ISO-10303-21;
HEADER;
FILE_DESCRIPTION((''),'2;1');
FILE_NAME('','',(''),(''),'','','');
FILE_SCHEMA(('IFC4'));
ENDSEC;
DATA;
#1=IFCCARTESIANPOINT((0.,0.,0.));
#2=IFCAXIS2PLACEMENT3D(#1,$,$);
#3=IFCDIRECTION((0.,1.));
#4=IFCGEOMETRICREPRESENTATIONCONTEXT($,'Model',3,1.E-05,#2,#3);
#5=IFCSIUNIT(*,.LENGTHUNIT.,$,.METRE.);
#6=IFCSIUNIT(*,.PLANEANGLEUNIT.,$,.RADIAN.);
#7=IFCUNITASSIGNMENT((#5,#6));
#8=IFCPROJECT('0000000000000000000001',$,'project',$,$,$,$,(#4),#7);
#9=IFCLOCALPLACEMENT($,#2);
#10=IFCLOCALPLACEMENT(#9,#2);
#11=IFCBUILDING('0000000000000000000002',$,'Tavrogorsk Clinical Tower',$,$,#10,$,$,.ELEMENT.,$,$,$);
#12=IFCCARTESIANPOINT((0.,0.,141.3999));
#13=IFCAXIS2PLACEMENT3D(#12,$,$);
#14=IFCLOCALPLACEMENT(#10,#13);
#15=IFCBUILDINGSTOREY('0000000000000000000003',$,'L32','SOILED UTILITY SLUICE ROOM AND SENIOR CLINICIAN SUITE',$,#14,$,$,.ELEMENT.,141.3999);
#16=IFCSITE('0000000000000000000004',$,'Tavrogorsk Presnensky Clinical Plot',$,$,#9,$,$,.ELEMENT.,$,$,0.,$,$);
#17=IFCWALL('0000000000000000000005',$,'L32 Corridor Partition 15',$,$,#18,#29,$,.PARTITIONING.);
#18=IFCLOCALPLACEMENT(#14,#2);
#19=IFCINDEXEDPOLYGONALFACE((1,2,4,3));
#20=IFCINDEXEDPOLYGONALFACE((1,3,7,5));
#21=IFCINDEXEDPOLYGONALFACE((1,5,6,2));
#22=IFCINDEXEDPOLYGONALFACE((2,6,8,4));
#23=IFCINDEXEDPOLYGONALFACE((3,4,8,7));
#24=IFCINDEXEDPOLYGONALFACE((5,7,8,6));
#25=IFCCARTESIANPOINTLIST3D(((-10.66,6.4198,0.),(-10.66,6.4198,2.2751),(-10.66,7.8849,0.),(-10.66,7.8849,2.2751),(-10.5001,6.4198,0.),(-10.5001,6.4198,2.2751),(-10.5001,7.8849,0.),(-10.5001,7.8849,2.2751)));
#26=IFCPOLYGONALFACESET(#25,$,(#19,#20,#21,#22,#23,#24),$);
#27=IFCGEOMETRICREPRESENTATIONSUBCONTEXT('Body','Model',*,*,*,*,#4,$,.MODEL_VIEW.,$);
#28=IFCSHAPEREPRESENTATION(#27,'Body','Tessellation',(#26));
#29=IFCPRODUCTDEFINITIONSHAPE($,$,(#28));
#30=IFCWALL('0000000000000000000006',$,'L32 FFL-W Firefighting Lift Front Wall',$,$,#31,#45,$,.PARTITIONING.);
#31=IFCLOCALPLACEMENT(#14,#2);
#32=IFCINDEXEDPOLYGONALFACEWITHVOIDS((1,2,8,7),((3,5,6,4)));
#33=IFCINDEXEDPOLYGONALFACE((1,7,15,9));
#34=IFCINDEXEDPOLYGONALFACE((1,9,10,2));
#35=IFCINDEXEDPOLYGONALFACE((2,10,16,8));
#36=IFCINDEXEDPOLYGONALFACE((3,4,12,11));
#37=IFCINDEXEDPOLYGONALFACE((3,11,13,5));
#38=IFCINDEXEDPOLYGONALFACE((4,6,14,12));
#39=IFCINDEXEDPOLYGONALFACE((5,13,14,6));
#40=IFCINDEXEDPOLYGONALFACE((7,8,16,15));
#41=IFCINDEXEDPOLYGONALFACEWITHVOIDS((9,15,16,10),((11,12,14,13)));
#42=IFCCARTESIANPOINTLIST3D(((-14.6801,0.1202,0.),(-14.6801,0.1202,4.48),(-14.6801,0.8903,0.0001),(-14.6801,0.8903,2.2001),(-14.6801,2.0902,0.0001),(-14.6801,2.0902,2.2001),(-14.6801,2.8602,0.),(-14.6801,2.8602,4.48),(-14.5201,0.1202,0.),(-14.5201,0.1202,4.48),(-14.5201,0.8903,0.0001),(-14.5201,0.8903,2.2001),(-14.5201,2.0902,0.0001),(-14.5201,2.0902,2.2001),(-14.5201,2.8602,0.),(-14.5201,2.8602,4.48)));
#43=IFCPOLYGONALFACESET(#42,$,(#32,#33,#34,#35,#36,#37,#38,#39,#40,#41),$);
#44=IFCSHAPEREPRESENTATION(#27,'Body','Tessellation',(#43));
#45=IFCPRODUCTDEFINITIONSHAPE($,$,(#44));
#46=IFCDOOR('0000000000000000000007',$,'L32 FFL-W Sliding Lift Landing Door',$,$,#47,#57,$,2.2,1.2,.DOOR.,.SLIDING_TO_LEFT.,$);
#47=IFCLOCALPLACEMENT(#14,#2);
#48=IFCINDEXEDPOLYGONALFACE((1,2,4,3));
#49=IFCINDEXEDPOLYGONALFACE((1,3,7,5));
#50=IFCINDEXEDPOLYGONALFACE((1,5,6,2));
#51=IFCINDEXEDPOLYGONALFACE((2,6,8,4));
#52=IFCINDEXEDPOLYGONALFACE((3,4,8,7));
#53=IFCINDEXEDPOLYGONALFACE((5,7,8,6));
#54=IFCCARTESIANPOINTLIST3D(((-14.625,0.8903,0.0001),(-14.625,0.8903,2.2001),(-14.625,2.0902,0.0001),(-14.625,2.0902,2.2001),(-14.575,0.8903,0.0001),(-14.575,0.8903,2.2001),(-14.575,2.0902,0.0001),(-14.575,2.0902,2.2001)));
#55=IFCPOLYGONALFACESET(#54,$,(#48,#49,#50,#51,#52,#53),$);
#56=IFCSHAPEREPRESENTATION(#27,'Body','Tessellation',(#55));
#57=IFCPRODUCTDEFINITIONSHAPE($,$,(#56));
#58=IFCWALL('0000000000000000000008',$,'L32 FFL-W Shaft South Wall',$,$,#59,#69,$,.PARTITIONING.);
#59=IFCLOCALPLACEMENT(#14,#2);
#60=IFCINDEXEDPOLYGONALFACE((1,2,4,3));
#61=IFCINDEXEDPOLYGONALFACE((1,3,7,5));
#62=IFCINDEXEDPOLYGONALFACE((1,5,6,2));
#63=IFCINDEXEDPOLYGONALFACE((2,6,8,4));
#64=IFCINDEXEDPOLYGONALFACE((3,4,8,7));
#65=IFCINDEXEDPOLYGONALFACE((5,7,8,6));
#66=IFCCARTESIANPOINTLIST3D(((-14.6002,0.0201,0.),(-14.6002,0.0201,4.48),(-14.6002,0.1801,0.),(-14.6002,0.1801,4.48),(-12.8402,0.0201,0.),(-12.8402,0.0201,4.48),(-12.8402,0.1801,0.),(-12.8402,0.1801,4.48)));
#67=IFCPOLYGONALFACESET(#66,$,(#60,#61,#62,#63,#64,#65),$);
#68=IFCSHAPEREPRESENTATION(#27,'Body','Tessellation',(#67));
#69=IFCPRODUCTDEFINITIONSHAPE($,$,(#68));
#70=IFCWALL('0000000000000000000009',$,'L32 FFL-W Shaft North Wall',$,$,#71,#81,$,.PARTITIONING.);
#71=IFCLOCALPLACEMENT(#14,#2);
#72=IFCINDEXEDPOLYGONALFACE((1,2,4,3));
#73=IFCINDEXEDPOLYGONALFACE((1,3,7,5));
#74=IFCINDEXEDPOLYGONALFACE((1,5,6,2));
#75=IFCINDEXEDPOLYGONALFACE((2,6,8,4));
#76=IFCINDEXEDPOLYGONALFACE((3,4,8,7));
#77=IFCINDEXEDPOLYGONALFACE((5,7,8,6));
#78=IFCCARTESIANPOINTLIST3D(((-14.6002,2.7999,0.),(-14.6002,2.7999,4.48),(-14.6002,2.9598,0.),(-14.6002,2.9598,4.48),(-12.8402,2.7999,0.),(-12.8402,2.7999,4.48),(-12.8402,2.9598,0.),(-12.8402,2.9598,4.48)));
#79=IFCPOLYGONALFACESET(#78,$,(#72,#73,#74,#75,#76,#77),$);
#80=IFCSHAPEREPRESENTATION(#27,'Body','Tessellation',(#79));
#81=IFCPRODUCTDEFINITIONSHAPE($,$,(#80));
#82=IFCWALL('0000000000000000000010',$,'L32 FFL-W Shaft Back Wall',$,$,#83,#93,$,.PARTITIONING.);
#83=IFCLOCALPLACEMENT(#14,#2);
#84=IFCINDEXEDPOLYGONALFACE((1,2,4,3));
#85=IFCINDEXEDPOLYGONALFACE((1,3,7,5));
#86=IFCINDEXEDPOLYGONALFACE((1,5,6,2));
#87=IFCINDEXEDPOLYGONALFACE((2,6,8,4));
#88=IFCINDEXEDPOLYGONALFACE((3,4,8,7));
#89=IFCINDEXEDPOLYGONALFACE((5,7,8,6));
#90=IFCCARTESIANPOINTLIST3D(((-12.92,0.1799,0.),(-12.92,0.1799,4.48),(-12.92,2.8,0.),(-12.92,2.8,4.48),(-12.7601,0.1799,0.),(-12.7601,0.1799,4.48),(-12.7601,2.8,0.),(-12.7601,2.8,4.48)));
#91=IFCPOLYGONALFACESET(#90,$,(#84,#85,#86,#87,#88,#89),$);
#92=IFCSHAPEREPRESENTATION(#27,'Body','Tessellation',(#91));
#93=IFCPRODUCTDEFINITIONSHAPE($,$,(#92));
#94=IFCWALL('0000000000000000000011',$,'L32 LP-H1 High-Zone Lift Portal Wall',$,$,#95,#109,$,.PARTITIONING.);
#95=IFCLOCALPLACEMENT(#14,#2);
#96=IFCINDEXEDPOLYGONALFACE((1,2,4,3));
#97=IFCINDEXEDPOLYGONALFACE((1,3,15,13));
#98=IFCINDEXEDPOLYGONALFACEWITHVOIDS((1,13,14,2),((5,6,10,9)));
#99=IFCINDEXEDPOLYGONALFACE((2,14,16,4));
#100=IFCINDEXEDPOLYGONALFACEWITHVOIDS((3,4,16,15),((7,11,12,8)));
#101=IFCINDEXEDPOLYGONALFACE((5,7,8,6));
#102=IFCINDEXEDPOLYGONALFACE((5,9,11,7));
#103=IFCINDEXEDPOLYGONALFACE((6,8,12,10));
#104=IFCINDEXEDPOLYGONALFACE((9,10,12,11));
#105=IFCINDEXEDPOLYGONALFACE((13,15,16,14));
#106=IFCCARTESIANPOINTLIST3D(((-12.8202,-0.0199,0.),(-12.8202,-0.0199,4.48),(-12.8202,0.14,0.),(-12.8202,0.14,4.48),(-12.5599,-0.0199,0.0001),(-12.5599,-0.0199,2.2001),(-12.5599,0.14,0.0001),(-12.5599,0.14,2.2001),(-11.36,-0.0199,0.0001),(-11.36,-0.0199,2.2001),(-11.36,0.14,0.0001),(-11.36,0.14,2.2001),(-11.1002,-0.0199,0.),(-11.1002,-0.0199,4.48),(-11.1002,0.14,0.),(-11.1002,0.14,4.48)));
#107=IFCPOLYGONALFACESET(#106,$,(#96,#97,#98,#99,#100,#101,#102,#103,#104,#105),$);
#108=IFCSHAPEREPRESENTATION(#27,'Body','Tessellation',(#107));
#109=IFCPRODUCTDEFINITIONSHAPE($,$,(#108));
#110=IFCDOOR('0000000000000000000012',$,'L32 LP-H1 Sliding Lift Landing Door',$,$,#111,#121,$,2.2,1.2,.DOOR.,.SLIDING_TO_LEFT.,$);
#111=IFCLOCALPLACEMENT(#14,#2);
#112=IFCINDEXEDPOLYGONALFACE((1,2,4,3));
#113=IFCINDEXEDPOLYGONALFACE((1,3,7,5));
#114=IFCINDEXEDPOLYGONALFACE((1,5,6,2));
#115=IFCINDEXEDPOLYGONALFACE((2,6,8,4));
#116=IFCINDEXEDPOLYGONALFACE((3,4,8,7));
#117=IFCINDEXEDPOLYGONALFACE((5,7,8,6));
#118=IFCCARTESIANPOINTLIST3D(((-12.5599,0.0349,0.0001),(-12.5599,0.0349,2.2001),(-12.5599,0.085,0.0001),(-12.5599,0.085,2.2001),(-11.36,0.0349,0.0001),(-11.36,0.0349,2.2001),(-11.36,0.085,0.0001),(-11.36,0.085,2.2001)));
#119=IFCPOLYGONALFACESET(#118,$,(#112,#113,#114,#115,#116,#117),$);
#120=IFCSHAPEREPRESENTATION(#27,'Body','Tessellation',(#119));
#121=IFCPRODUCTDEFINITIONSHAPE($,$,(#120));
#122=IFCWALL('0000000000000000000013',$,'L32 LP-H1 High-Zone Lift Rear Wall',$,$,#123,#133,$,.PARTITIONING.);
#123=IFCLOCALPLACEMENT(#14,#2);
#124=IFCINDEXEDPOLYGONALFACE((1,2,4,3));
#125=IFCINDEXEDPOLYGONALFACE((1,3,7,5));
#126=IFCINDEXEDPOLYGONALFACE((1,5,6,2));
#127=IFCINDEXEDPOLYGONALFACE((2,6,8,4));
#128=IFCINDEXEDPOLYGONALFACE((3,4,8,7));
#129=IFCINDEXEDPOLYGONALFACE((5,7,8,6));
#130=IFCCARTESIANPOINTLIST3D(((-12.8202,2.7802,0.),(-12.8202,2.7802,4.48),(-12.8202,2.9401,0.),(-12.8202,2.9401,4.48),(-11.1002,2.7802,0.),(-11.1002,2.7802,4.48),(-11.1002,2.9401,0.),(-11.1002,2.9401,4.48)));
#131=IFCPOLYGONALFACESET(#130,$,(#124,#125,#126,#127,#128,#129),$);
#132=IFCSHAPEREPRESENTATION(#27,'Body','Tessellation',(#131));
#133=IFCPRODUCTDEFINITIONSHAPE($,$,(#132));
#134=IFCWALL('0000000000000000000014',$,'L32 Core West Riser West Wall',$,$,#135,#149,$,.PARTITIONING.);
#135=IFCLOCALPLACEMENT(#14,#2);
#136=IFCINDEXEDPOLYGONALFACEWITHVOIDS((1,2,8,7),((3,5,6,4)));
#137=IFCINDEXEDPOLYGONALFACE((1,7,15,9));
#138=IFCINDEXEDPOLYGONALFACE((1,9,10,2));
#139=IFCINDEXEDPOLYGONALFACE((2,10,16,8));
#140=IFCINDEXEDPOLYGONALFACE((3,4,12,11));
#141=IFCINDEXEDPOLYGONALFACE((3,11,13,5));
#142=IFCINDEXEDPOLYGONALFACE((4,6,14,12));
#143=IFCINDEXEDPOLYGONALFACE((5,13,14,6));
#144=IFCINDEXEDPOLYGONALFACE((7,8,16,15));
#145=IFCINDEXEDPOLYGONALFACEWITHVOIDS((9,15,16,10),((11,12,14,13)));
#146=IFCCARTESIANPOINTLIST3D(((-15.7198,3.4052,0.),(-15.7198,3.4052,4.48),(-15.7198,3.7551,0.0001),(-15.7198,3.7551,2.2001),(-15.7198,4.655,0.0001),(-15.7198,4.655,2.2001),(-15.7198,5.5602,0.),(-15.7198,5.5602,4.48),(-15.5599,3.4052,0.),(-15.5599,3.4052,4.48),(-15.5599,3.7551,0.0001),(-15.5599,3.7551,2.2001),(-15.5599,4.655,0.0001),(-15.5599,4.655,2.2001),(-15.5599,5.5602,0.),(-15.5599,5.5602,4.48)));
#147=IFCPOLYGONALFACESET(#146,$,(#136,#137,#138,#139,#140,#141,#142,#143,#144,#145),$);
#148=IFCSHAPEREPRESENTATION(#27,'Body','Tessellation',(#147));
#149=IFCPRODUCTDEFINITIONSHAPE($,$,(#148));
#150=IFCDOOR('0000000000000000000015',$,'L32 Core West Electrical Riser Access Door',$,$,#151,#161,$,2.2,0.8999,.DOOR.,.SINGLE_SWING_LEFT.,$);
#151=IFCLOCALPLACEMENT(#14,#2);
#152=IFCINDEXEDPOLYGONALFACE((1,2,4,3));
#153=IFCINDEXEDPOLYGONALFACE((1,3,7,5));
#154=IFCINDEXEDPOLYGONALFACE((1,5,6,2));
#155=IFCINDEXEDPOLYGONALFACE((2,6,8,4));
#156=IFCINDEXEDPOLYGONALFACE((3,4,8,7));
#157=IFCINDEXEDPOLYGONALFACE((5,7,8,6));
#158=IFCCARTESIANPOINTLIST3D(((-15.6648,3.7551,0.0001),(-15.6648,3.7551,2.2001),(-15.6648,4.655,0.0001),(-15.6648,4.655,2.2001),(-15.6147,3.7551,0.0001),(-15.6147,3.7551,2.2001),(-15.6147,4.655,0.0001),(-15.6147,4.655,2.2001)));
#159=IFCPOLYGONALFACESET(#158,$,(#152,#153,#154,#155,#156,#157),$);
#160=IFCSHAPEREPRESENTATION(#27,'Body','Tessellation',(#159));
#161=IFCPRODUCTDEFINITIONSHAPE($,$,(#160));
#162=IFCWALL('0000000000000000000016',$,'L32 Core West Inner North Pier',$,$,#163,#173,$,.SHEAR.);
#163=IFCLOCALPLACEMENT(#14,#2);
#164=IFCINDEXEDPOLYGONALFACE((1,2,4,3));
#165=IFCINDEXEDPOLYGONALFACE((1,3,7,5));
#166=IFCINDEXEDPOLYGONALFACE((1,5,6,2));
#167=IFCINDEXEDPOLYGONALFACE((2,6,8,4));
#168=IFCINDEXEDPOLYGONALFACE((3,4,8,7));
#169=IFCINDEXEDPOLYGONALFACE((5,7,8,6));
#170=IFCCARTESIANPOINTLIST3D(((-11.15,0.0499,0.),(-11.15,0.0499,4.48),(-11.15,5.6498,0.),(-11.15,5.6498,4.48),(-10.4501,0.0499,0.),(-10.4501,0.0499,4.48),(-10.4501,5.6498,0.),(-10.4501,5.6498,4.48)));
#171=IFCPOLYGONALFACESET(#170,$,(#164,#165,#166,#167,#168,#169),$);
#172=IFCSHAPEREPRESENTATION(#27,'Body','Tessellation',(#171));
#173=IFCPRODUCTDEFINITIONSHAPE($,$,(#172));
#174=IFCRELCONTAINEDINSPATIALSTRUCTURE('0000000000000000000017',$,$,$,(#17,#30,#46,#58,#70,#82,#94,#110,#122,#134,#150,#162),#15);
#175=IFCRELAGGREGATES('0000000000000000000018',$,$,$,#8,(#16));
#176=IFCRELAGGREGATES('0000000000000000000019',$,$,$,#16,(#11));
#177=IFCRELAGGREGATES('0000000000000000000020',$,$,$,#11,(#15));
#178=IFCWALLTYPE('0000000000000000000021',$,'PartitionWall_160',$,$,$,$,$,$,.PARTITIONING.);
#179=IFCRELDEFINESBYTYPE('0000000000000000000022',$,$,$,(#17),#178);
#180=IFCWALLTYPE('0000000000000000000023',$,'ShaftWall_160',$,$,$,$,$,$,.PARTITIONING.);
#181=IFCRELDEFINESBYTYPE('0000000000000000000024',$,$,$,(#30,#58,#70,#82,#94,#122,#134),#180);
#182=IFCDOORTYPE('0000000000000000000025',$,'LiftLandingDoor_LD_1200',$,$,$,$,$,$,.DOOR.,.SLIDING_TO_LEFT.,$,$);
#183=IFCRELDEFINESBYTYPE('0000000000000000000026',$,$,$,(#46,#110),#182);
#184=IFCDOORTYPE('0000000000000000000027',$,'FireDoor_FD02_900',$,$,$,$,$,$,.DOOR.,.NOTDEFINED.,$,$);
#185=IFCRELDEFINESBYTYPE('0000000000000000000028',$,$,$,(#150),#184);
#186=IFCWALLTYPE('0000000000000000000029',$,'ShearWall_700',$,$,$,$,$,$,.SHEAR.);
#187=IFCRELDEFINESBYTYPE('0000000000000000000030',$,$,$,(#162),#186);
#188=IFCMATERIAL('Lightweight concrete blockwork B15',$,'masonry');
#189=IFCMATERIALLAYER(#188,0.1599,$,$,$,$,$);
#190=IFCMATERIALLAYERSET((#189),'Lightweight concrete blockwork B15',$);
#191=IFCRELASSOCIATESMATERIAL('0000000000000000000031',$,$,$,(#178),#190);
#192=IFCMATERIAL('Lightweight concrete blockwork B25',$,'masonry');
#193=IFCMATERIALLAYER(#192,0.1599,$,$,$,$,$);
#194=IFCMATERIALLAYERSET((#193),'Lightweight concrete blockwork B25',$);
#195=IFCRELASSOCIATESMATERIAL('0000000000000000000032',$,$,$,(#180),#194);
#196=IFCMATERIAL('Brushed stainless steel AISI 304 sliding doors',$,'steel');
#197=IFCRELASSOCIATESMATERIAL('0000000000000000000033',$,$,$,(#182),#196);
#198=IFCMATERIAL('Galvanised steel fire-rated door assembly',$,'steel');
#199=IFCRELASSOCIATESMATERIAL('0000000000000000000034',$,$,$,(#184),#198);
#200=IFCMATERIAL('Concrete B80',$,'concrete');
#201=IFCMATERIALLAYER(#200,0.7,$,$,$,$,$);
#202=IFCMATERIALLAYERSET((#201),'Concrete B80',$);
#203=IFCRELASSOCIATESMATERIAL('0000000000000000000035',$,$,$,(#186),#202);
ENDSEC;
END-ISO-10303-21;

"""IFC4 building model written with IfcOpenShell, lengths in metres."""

from ifc_helpers import new_model, si_unit, direction, frame, frame_2d, origin, place, context, subcontext, project, spatial, rectangle, extrude, material, layer, layer_set, type_object, element, fill, save


model = new_model("IFC4")

# Units and contexts
model_context = context("Model", 3, precision=1e-05, world=origin(), true_north=direction((0.0, 1.0)))
body_context = subcontext(model_context, "Body", "Model", "MODEL_VIEW")
ifc_project = project(units=[si_unit("LENGTHUNIT", "METRE"), si_unit("PLANEANGLEUNIT", "RADIAN")], contexts=[model_context])

# Site, building, storey
site_placement = place(None, origin())
site = spatial("IfcSite", under=ifc_project, at=site_placement, Name="Tavrogorsk Presnensky Clinical Plot", CompositionType="ELEMENT", RefElevation=0.0)
building_placement = place(site_placement, origin())
building = spatial("IfcBuilding", under=site, at=building_placement, Name="Tavrogorsk Clinical Tower", CompositionType="ELEMENT")
storey_placement = place(building_placement, frame((0.0, 0.0, 141.3999)))
storey = spatial("IfcBuildingStorey", under=building, at=storey_placement, Name="L32", Description="SOILED UTILITY SLUICE ROOM AND SENIOR CLINICIAN SUITE", CompositionType="ELEMENT", Elevation=141.3999)

# Shared definitions
ifc_material_1 = material(Name="Lightweight concrete blockwork B15", Category="masonry")
ifc_layer_1 = layer(ifc_material_1, 0.1599)
ifc_layer_set_1 = layer_set([ifc_layer_1], Name="Lightweight concrete blockwork B15")
wall_type_1 = type_object("IfcWallType", Name="PartitionWall_160", PredefinedType="PARTITIONING", material=ifc_layer_set_1)

# Wall
wall_1_placement = place(storey_placement, frame((-10.5801, 6.4199, 0.0), z_axis=(0.0, 0.0, 1.0), x_axis=(0.0, 1.0, 0.0)))
element("IfcWall", 1, at=wall_1_placement, inside=storey, type_object=wall_type_1, Name="L32 Corridor Partition 15", PredefinedType="PARTITIONING", context=body_context, shape_type="SweptSolid", body=[
    extrude(rectangle(XDim=1.4651, YDim=0.1599, at=frame_2d((0.7324, 0.0))), origin(), (0.0, 0.0, 1.0), 2.2751),
])

# Wall, opening, door
ifc_material_2 = material(Name="Lightweight concrete blockwork B25", Category="masonry")
ifc_layer_2 = layer(ifc_material_2, 0.1599)
ifc_layer_set_2 = layer_set([ifc_layer_2], Name="Lightweight concrete blockwork B25")
wall_type_2 = type_object("IfcWallType", Name="ShaftWall_160", PredefinedType="PARTITIONING", material=ifc_layer_set_2)
wall_2_placement = place(storey_placement, frame((-14.6001, 0.1201, 0.0), z_axis=(0.0, 0.0, 1.0), x_axis=(0.0, 1.0, 0.0)))
wall_2 = element("IfcWall", 2, at=wall_2_placement, inside=storey, type_object=wall_type_2, Name="L32 FFL-W Firefighting Lift Front Wall", PredefinedType="PARTITIONING", context=body_context, shape_type="SweptSolid", body=[
    extrude(rectangle(XDim=2.74, YDim=0.1599, at=frame_2d((1.3701, 0.0))), origin(), (0.0, 0.0, 1.0), 4.48),
])
opening_1_placement = place(wall_2_placement, frame((0.77, 0.0, 0.0)))
opening_1 = element("IfcOpeningElement", 3, at=opening_1_placement, cuts=wall_2, PredefinedType="OPENING", context=body_context, shape_type="SweptSolid", body=[
    extrude(rectangle(XDim=1.2, YDim=2.2, at=frame_2d((0.6001, 1.1001))), frame((0.0, 0.0898, 0.0), z_axis=(0.0, -1.0, 0.0), x_axis=(1.0, 0.0, 0.0)), (0.0, 0.0, 1.0), 0.1799),
])
ifc_material_3 = material(Name="Brushed stainless steel AISI 304 sliding doors", Category="steel")
door_type_1 = type_object("IfcDoorType", Name="LiftLandingDoor_LD_1200", OperationType="SLIDING_TO_LEFT", PredefinedType="DOOR", material=ifc_material_3)
door_1_placement = place(opening_1_placement, origin())
door_1 = element("IfcDoor", 4, at=door_1_placement, inside=storey, type_object=door_type_1, Name="L32 FFL-W Sliding Lift Landing Door", OperationType="SLIDING_TO_LEFT", OverallHeight=2.2, OverallWidth=1.2, PredefinedType="DOOR", context=body_context, shape_type="SweptSolid", body=[
    extrude(rectangle(XDim=1.2, YDim=2.2, at=frame_2d((0.6001, 1.1001))), frame((0.0, 0.0249, 0.0), z_axis=(0.0, -1.0, 0.0), x_axis=(1.0, 0.0, 0.0)), (0.0, 0.0, 1.0), 0.05),
])
fill(opening_1, door_1)

# Walls
for number, where, z_axis, x_axis, name in (
    (5, (-14.6001, 0.1001, 0.0), (0.0, 0.0, 1.0), (1.0, 0.0, 0.0), "L32 FFL-W Shaft South Wall"),
    (6, (-14.6001, 2.8799, 0.0), (0.0, 0.0, 1.0), (1.0, 0.0, 0.0), "L32 FFL-W Shaft North Wall"),
):
    element("IfcWall", number, at=place(storey_placement, frame(where, z_axis=z_axis, x_axis=x_axis)), inside=storey, type_object=wall_type_2, Name=name, PredefinedType="PARTITIONING", context=body_context, shape_type="SweptSolid", body=[
        extrude(rectangle(XDim=1.76, YDim=0.1599, at=frame_2d((0.8799, 0.0))), origin(), (0.0, 0.0, 1.0), 4.48),
    ])
wall_3_placement = place(storey_placement, frame((-12.8401, 0.1799, 0.0), z_axis=(0.0, 0.0, 1.0), x_axis=(0.0, 1.0, 0.0)))
element("IfcWall", 7, at=wall_3_placement, inside=storey, type_object=wall_type_2, Name="L32 FFL-W Shaft Back Wall", PredefinedType="PARTITIONING", context=body_context, shape_type="SweptSolid", body=[
    extrude(rectangle(XDim=2.6201, YDim=0.1599, at=frame_2d((1.3101, 0.0))), origin(), (0.0, 0.0, 1.0), 4.48),
])

# Wall, opening, door
wall_4_placement = place(storey_placement, frame((-12.8201, 0.0601, 0.0), z_axis=(0.0, 0.0, 1.0), x_axis=(1.0, 0.0, 0.0)))
wall_4 = element("IfcWall", 8, at=wall_4_placement, inside=storey, type_object=wall_type_2, Name="L32 LP-H1 High-Zone Lift Portal Wall", PredefinedType="PARTITIONING", context=body_context, shape_type="SweptSolid", body=[
    extrude(rectangle(XDim=1.72, YDim=0.1599, at=frame_2d((0.8599, 0.0))), origin(), (0.0, 0.0, 1.0), 4.48),
])
opening_2_placement = place(wall_4_placement, frame((0.26, 0.0, 0.0)))
opening_2 = element("IfcOpeningElement", 9, at=opening_2_placement, cuts=wall_4, PredefinedType="OPENING", context=body_context, shape_type="SweptSolid", body=[
    extrude(rectangle(XDim=1.2, YDim=2.2, at=frame_2d((0.6001, 1.1001))), frame((0.0, 0.0898, 0.0), z_axis=(0.0, -1.0, 0.0), x_axis=(1.0, 0.0, 0.0)), (0.0, 0.0, 1.0), 0.1799),
])
door_2_placement = place(opening_2_placement, origin())
door_2 = element("IfcDoor", 10, at=door_2_placement, inside=storey, type_object=door_type_1, Name="L32 LP-H1 Sliding Lift Landing Door", OperationType="SLIDING_TO_LEFT", OverallHeight=2.2, OverallWidth=1.2, PredefinedType="DOOR", context=body_context, shape_type="SweptSolid", body=[
    extrude(rectangle(XDim=1.2, YDim=2.2, at=frame_2d((0.6001, 1.1001))), frame((0.0, 0.0249, 0.0), z_axis=(0.0, -1.0, 0.0), x_axis=(1.0, 0.0, 0.0)), (0.0, 0.0, 1.0), 0.05),
])
fill(opening_2, door_2)

# Wall
wall_5_placement = place(storey_placement, frame((-12.8201, 2.8601, 0.0), z_axis=(0.0, 0.0, 1.0), x_axis=(1.0, 0.0, 0.0)))
element("IfcWall", 11, at=wall_5_placement, inside=storey, type_object=wall_type_2, Name="L32 LP-H1 High-Zone Lift Rear Wall", PredefinedType="PARTITIONING", context=body_context, shape_type="SweptSolid", body=[
    extrude(rectangle(XDim=1.72, YDim=0.1599, at=frame_2d((0.8599, 0.0))), origin(), (0.0, 0.0, 1.0), 4.48),
])

# Wall, opening, door
wall_6_placement = place(storey_placement, frame((-15.6399, 3.405, 0.0), z_axis=(0.0, 0.0, 1.0), x_axis=(0.0, 1.0, 0.0)))
wall_6 = element("IfcWall", 12, at=wall_6_placement, inside=storey, type_object=wall_type_2, Name="L32 Core West Riser West Wall", PredefinedType="PARTITIONING", context=body_context, shape_type="SweptSolid", body=[
    extrude(rectangle(XDim=2.155, YDim=0.1599, at=frame_2d((1.0776, 0.0))), origin(), (0.0, 0.0, 1.0), 4.48),
])
opening_3_placement = place(wall_6_placement, frame((0.3501, 0.0, 0.0)))
opening_3 = element("IfcOpeningElement", 13, at=opening_3_placement, cuts=wall_6, PredefinedType="OPENING", context=body_context, shape_type="SweptSolid", body=[
    extrude(rectangle(XDim=0.8999, YDim=2.2, at=frame_2d((0.45, 1.1001))), frame((0.0, 0.0898, 0.0), z_axis=(0.0, -1.0, 0.0), x_axis=(1.0, 0.0, 0.0)), (0.0, 0.0, 1.0), 0.1799),
])
ifc_material_4 = material(Name="Galvanised steel fire-rated door assembly", Category="steel")
door_type_2 = type_object("IfcDoorType", Name="FireDoor_FD02_900", OperationType="NOTDEFINED", PredefinedType="DOOR", material=ifc_material_4)
door_3_placement = place(opening_3_placement, origin())
door_3 = element("IfcDoor", 14, at=door_3_placement, inside=storey, type_object=door_type_2, Name="L32 Core West Electrical Riser Access Door", OperationType="SINGLE_SWING_LEFT", OverallHeight=2.2, OverallWidth=0.8999, PredefinedType="DOOR", context=body_context, shape_type="SweptSolid", body=[
    extrude(rectangle(XDim=0.8999, YDim=2.2, at=frame_2d((0.45, 1.1001))), frame((0.0, 0.0249, 0.0), z_axis=(0.0, -1.0, 0.0), x_axis=(1.0, 0.0, 0.0)), (0.0, 0.0, 1.0), 0.05),
])
fill(opening_3, door_3)

# Wall
ifc_material_5 = material(Name="Concrete B80", Category="concrete")
ifc_layer_3 = layer(ifc_material_5, 0.7)
ifc_layer_set_3 = layer_set([ifc_layer_3], Name="Concrete B80")
wall_type_3 = type_object("IfcWallType", Name="ShearWall_700", PredefinedType="SHEAR", material=ifc_layer_set_3)
wall_7_placement = place(storey_placement, frame((-10.8, 0.05, 0.0), z_axis=(0.0, 0.0, 1.0), x_axis=(0.0, 1.0, 0.0)))
element("IfcWall", 15, at=wall_7_placement, inside=storey, type_object=wall_type_3, Name="L32 Core West Inner North Pier", PredefinedType="SHEAR", context=body_context, shape_type="SweptSolid", body=[
    extrude(rectangle(XDim=5.5999, YDim=0.7, at=frame_2d((2.7998, 0.0))), origin(), (0.0, 0.0, 1.0), 4.48),
])

save(model, "model.ifc")
